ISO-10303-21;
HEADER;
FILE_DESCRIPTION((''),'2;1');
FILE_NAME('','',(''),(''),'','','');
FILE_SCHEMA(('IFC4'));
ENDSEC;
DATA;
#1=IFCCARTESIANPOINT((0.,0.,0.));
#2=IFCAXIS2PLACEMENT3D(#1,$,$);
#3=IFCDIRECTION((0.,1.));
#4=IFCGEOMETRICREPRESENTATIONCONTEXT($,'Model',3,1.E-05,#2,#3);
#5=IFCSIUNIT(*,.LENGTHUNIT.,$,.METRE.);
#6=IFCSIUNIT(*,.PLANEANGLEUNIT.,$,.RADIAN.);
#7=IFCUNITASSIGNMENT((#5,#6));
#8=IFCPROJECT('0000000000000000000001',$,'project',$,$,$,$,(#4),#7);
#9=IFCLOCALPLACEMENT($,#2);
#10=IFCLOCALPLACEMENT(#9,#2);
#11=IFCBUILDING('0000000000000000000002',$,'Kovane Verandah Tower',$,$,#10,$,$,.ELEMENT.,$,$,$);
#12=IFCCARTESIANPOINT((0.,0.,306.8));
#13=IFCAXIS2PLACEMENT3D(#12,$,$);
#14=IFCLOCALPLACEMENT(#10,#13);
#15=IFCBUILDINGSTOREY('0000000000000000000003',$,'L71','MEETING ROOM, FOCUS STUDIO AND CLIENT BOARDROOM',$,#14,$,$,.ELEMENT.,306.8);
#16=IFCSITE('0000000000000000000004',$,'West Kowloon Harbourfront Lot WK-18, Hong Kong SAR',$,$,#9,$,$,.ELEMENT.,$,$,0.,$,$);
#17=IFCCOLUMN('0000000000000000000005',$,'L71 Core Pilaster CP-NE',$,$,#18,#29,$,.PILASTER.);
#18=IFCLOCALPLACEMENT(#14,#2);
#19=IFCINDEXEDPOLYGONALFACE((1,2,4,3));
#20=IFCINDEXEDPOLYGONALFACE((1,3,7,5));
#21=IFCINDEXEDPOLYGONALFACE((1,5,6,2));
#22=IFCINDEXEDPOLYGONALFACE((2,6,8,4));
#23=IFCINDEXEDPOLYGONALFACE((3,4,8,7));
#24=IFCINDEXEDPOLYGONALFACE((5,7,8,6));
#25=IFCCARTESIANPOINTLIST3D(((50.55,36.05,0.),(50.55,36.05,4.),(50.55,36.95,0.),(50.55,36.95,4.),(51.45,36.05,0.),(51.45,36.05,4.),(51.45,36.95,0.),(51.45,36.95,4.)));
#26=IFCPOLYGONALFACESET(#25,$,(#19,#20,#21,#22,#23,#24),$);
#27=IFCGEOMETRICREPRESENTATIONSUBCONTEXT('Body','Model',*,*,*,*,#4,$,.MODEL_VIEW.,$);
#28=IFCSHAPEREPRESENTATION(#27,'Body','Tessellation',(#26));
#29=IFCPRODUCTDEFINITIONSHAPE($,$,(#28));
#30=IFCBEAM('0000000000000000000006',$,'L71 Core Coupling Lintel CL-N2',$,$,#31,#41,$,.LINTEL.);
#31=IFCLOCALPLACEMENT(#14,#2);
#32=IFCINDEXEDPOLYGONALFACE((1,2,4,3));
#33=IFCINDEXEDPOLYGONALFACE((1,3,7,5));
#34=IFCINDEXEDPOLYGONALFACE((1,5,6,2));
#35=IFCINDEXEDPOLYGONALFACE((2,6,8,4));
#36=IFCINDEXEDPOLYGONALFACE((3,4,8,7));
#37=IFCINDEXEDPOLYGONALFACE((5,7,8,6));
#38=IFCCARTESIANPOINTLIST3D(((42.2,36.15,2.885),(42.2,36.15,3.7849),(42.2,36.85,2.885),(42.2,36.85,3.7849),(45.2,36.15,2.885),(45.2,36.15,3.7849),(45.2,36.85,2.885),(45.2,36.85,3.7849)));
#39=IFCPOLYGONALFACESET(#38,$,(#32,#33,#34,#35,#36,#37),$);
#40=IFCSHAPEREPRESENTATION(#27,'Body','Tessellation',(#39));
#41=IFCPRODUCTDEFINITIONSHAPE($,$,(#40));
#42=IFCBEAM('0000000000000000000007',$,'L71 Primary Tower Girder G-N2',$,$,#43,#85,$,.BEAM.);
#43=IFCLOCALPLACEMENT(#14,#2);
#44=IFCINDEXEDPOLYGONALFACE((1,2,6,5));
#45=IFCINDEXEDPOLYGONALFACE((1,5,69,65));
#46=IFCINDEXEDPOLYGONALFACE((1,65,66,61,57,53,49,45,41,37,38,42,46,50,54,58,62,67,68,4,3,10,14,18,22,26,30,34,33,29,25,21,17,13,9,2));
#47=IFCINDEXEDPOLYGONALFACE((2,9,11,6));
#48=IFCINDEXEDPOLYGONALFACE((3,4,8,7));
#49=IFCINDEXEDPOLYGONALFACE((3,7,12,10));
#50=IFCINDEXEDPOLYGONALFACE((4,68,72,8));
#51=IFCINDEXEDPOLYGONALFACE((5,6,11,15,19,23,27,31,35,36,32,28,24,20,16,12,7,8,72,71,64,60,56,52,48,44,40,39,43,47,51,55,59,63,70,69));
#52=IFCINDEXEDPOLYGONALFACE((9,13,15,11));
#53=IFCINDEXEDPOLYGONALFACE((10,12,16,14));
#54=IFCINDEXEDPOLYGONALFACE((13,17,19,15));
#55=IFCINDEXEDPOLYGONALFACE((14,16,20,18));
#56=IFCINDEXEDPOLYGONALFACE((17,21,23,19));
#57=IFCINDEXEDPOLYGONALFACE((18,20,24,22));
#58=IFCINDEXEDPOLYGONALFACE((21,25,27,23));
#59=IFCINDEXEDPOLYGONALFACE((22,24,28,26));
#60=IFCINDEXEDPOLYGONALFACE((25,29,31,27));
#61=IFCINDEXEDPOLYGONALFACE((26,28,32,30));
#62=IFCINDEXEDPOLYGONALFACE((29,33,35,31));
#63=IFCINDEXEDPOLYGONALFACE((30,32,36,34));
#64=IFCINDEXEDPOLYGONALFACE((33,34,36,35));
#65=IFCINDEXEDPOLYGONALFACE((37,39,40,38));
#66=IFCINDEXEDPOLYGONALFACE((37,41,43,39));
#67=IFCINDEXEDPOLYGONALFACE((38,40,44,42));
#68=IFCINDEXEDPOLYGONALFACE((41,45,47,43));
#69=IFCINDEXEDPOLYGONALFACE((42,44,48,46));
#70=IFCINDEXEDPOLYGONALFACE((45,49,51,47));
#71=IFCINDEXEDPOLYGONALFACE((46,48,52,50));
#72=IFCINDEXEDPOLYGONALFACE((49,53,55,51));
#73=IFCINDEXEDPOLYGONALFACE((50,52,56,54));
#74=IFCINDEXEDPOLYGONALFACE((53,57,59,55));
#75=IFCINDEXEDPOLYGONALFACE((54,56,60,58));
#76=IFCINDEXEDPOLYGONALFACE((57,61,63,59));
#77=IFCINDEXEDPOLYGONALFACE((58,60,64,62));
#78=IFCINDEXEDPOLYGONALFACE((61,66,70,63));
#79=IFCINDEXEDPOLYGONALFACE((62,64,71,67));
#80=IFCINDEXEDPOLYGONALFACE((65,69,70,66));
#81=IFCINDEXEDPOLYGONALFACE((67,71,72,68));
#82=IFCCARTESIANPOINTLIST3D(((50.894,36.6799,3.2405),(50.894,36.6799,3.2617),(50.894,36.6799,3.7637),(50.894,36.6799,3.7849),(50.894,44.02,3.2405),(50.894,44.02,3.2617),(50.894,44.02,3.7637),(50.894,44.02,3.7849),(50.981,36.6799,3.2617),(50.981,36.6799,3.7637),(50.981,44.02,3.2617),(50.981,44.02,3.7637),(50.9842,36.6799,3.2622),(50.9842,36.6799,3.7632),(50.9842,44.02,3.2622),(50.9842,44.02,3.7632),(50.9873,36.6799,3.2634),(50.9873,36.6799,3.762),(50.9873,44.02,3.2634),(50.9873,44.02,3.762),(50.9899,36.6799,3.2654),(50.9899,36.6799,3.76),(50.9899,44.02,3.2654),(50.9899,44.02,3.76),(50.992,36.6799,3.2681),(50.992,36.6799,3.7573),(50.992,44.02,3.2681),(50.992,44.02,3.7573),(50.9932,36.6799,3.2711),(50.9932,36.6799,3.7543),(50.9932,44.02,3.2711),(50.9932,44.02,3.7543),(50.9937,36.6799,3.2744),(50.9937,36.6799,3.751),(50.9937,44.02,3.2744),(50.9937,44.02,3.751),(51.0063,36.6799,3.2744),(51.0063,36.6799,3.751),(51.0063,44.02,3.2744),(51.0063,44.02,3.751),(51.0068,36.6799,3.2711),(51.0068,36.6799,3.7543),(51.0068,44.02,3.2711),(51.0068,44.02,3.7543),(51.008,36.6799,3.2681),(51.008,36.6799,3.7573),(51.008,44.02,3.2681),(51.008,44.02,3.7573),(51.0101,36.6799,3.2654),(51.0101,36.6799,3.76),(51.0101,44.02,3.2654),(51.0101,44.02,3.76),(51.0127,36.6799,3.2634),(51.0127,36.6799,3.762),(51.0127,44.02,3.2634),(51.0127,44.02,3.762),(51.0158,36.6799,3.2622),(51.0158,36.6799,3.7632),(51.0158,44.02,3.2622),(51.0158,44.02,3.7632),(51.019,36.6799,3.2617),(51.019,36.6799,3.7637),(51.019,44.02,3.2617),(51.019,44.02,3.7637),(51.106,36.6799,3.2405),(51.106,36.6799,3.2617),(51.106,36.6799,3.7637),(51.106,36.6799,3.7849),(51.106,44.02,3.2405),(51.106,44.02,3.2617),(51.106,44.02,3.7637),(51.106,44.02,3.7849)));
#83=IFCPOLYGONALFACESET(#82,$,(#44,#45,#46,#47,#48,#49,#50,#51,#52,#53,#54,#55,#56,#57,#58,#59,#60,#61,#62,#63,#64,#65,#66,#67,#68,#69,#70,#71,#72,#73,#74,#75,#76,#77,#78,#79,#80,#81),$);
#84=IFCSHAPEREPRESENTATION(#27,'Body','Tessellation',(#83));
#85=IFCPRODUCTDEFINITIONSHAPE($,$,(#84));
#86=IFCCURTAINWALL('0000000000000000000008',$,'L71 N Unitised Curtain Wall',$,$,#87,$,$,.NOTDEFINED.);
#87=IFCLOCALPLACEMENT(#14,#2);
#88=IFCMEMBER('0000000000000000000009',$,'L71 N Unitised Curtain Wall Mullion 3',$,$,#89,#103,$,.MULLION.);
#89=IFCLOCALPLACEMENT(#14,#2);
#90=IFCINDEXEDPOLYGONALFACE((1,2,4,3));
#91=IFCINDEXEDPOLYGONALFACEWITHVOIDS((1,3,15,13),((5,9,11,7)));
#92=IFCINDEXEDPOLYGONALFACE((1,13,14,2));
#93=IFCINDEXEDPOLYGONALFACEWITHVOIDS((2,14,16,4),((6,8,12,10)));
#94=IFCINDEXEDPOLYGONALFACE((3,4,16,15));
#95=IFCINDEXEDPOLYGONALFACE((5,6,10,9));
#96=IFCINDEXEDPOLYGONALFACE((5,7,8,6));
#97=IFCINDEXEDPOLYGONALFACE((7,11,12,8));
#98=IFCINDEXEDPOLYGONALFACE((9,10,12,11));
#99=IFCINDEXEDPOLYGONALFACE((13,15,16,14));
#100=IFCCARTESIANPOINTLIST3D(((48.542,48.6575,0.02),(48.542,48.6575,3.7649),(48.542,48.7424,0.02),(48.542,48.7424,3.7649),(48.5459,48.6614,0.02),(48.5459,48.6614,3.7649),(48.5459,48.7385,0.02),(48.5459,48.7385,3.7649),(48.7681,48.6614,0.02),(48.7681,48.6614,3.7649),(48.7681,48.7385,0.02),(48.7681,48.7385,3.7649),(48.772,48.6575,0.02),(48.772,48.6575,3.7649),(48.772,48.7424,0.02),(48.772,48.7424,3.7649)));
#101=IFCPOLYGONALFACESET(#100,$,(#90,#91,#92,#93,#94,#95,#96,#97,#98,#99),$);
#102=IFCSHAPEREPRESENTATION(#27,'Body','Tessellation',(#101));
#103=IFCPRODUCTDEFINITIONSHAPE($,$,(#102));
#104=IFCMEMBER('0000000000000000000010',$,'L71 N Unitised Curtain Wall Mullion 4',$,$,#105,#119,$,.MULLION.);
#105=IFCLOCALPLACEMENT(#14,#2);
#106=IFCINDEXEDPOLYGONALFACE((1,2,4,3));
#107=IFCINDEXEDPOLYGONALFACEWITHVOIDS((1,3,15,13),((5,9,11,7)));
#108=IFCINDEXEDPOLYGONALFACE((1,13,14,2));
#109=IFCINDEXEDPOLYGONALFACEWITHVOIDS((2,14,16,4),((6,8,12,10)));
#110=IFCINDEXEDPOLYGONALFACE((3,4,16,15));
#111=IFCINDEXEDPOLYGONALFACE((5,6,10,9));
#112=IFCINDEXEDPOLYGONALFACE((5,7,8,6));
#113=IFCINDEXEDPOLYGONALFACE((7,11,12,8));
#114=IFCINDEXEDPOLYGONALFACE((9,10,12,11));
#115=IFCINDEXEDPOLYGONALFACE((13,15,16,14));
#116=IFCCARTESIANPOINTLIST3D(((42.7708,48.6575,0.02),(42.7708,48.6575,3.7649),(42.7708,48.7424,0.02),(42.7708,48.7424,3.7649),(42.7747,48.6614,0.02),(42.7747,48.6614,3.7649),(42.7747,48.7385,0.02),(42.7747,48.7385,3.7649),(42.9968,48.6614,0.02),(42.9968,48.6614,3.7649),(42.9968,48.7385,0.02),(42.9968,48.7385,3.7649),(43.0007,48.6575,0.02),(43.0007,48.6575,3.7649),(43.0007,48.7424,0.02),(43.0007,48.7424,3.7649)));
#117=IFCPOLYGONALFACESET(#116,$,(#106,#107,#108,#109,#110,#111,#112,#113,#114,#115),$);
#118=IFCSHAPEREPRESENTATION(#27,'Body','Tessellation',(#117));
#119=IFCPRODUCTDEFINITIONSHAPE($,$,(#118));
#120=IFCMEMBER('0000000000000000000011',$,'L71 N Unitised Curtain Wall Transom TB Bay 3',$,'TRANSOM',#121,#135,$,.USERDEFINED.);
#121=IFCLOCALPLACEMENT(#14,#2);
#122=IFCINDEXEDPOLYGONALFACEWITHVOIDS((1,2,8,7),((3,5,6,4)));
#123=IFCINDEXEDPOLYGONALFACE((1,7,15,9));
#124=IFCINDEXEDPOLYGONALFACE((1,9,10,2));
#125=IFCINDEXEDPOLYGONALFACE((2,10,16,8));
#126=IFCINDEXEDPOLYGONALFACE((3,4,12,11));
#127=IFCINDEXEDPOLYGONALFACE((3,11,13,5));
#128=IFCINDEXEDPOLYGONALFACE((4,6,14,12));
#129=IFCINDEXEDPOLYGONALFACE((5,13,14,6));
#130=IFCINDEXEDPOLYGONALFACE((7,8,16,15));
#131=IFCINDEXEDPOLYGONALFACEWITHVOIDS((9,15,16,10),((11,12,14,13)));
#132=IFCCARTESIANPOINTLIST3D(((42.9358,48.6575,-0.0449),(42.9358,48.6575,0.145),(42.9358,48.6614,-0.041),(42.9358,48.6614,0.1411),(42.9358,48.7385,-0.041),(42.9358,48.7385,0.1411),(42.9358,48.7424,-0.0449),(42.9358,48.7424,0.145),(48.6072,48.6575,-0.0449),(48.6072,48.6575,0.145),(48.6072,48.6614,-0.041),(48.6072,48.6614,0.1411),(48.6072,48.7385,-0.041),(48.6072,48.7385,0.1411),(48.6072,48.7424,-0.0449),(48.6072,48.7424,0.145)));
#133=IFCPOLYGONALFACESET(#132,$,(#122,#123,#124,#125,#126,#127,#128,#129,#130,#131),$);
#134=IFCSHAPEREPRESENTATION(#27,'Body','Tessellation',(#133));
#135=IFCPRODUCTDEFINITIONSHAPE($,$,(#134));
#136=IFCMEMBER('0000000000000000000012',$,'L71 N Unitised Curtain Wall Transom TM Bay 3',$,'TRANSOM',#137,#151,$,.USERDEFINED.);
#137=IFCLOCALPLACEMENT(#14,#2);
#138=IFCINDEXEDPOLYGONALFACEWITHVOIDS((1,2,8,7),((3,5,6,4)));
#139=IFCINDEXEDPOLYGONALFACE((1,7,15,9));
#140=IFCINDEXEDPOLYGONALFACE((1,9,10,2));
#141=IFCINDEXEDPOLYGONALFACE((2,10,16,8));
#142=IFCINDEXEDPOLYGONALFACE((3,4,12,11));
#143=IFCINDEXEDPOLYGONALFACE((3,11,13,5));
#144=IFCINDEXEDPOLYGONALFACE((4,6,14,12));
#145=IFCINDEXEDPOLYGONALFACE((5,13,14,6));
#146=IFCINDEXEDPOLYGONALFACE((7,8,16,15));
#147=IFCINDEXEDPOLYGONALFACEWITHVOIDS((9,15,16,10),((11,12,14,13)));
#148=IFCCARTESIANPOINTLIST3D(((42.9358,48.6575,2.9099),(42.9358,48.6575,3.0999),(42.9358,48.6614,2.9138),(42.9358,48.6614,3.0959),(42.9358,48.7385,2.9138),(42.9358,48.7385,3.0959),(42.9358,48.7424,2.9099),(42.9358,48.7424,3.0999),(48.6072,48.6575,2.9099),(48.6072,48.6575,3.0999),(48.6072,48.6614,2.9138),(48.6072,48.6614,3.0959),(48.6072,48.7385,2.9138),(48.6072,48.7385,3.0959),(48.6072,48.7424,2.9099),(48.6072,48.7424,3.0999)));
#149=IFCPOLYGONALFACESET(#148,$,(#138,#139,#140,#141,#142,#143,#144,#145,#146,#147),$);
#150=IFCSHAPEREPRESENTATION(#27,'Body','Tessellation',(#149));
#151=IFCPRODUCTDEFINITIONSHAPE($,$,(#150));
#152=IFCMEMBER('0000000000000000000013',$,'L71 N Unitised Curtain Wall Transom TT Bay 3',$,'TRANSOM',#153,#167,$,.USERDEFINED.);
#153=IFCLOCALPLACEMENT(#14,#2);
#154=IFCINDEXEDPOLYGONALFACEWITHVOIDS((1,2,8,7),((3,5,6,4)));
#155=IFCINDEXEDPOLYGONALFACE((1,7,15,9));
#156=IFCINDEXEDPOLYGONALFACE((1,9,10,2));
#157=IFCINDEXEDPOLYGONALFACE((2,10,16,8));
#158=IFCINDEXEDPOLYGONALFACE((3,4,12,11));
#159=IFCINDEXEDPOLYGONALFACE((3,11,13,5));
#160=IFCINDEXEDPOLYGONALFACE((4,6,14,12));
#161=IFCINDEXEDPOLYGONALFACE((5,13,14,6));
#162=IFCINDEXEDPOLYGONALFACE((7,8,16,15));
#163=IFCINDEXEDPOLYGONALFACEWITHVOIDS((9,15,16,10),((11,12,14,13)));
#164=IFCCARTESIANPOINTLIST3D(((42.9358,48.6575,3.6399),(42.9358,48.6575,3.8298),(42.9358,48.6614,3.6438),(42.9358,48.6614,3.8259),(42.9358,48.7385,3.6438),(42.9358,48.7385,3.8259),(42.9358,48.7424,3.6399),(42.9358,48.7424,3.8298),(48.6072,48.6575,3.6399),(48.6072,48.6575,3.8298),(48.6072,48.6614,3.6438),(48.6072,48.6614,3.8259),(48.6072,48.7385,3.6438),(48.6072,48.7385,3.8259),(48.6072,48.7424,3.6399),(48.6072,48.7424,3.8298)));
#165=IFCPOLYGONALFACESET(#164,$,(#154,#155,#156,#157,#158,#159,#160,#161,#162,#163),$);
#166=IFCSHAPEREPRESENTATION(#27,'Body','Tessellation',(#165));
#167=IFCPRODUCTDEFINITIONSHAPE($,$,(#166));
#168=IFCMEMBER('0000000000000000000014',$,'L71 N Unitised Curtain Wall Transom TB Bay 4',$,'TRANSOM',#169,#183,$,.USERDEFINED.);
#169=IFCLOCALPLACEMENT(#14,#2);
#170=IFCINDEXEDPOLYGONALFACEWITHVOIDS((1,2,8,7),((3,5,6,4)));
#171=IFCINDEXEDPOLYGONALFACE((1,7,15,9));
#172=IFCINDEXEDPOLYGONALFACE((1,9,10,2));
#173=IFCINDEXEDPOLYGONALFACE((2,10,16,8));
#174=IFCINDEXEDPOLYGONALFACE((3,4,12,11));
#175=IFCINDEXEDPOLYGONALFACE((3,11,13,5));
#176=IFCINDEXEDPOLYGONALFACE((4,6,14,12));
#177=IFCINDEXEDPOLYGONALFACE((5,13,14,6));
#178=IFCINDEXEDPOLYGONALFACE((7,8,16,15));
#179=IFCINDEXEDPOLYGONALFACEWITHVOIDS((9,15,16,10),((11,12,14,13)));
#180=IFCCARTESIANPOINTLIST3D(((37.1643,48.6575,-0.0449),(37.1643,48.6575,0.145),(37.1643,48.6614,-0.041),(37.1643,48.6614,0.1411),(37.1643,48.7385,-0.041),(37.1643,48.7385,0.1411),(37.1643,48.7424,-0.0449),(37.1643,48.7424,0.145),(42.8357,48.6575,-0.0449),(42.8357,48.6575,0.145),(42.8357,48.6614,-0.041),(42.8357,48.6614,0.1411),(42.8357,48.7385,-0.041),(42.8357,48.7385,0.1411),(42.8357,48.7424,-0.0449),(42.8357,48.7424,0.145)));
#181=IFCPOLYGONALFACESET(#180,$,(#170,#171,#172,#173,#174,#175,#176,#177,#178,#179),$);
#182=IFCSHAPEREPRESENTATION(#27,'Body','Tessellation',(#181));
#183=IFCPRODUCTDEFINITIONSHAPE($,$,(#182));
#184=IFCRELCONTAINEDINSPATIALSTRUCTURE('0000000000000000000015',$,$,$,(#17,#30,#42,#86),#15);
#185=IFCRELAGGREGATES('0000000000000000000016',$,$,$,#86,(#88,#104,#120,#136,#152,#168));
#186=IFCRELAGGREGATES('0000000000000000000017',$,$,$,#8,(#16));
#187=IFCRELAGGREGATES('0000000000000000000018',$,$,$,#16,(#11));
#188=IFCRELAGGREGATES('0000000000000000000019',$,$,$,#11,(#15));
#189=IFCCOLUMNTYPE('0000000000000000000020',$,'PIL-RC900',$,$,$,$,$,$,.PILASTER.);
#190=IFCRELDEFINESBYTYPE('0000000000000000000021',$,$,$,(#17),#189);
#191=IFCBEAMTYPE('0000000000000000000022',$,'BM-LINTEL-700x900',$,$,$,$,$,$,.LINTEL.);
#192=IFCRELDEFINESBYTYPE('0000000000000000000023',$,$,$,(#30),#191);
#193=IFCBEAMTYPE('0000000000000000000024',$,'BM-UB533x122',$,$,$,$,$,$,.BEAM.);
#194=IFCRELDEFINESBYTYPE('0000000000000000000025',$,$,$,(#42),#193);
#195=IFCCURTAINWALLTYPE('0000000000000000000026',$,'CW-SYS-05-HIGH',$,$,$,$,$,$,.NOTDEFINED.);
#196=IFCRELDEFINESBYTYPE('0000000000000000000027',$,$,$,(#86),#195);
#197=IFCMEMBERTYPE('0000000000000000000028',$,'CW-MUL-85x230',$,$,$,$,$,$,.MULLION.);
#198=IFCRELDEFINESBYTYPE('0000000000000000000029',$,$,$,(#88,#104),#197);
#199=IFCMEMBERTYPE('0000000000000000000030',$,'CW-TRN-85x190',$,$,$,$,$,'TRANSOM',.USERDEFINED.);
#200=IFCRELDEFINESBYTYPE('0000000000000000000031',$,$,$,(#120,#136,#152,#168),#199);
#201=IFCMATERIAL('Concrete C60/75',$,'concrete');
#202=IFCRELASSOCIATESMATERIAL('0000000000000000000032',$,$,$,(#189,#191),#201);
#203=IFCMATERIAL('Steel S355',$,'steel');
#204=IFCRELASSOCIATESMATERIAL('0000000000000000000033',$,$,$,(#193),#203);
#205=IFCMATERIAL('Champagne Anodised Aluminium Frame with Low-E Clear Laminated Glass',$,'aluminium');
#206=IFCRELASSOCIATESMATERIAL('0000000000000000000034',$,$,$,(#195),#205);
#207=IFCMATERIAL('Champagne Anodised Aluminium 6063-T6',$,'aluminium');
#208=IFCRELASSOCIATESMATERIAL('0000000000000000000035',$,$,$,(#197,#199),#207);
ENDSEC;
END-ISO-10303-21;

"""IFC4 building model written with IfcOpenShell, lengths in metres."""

from ifc_helpers import new_model, si_unit, direction, frame, origin, origin_2d, place, context, subcontext, project, spatial, rectangle, hollow_rectangle, i_section, extrude, material, material_profile, profile_set, type_object, element, aggregate, save


model = new_model("IFC4")

# Units and contexts
model_context = context("Model", 3, precision=1e-05, world=origin(), true_north=direction((0.0, 1.0)))
body_context = subcontext(model_context, "Body", "Model", "MODEL_VIEW")
ifc_project = project(units=[si_unit("LENGTHUNIT", "METRE"), si_unit("PLANEANGLEUNIT", "RADIAN")], contexts=[model_context])

# Site, building, storey
site_placement = place(None, origin())
site = spatial("IfcSite", under=ifc_project, at=site_placement, Name="West Kowloon Harbourfront Lot WK-18, Hong Kong SAR", CompositionType="ELEMENT", RefElevation=0.0)
building_placement = place(site_placement, origin())
building = spatial("IfcBuilding", under=site, at=building_placement, Name="Kovane Verandah Tower", CompositionType="ELEMENT")
storey_placement = place(building_placement, frame((0.0, 0.0, 306.8)))
storey = spatial("IfcBuildingStorey", under=building, at=storey_placement, Name="L71", Description="MEETING ROOM, FOCUS STUDIO AND CLIENT BOARDROOM", CompositionType="ELEMENT", Elevation=306.8)

# Column
ifc_material_1 = material(Name="Concrete C60/75", Category="concrete")
ifc_material_profile_1 = material_profile(ifc_material_1, rectangle(XDim=0.8999, YDim=0.8999, at=origin_2d()), Name="RC900x900")
ifc_profile_set_1 = profile_set([ifc_material_profile_1], Name="Concrete C60/75")
column_type = type_object("IfcColumnType", Name="PIL-RC900", PredefinedType="PILASTER", material=ifc_profile_set_1)
column_placement = place(storey_placement, frame((51.0, 36.5, 0.0), z_axis=(0.0, 0.0, 1.0), x_axis=(1.0, 0.0, 0.0)))
element("IfcColumn", 1, at=column_placement, inside=storey, type_object=column_type, Name="L71 Core Pilaster CP-NE", PredefinedType="PILASTER", context=body_context, shape_type="SweptSolid", body=[
    extrude(rectangle(XDim=0.8999, YDim=0.8999, at=origin_2d()), origin(), (0.0, 0.0, 1.0), 4.0),
])

# Beams
ifc_material_profile_2 = material_profile(ifc_material_1, rectangle(XDim=0.7, YDim=0.8999, at=origin_2d()), Name="RCB700x900")
ifc_profile_set_2 = profile_set([ifc_material_profile_2], Name="Concrete C60/75")
beam_type_1 = type_object("IfcBeamType", Name="BM-LINTEL-700x900", PredefinedType="LINTEL", material=ifc_profile_set_2)
beam_1_placement = place(storey_placement, frame((42.2, 36.5, 3.335), z_axis=(1.0, 0.0, 0.0), x_axis=(0.0, 1.0, 0.0)))
element("IfcBeam", 2, at=beam_1_placement, inside=storey, type_object=beam_type_1, Name="L71 Core Coupling Lintel CL-N2", PredefinedType="LINTEL", context=body_context, shape_type="SweptSolid", body=[
    extrude(rectangle(XDim=0.7, YDim=0.8999, at=origin_2d()), origin(), (0.0, 0.0, 1.0), 3.0),
])
ifc_material_2 = material(Name="Steel S355", Category="steel")
ifc_material_profile_3 = material_profile(ifc_material_2, i_section(OverallWidth=0.2119, OverallDepth=0.5444, WebThickness=0.0127, FlangeThickness=0.0212, FilletRadius=0.0127, at=origin_2d()), Name="UB533x210x122")
ifc_profile_set_3 = profile_set([ifc_material_profile_3], Name="Steel S355")
beam_type_2 = type_object("IfcBeamType", Name="BM-UB533x122", PredefinedType="BEAM", material=ifc_profile_set_3)
beam_2_placement = place(storey_placement, frame((51.0, 36.6799, 3.5127), z_axis=(0.0, 1.0, 0.0), x_axis=(-1.0, 0.0, 0.0)))
element("IfcBeam", 3, at=beam_2_placement, inside=storey, type_object=beam_type_2, Name="L71 Primary Tower Girder G-N2", PredefinedType="BEAM", context=body_context, shape_type="SweptSolid", body=[
    extrude(i_section(OverallWidth=0.2119, OverallDepth=0.5444, WebThickness=0.0127, FlangeThickness=0.0212, FilletRadius=0.0127, at=origin_2d()), origin(), (0.0, 0.0, 1.0), 7.3401),
])

# Curtain wall, members
ifc_material_3 = material(Name="Champagne Anodised Aluminium Frame with Low-E Clear Laminated Glass", Category="aluminium")
curtain_wall_type = type_object("IfcCurtainWallType", Name="CW-SYS-05-HIGH", PredefinedType="NOTDEFINED", material=ifc_material_3)
curtain_wall_placement = place(storey_placement, origin())
curtain_wall = element("IfcCurtainWall", 4, at=curtain_wall_placement, inside=storey, type_object=curtain_wall_type, Name="L71 N Unitised Curtain Wall", PredefinedType="NOTDEFINED")
ifc_material_4 = material(Name="Champagne Anodised Aluminium 6063-T6", Category="aluminium")
ifc_material_profile_4 = material_profile(ifc_material_4, hollow_rectangle(XDim=0.085, YDim=0.23, WallThickness=0.0039, at=origin_2d()), Name="AL85x230x4")
ifc_profile_set_4 = profile_set([ifc_material_profile_4], Name="Champagne Anodised Aluminium 6063-T6")
member_type_1 = type_object("IfcMemberType", Name="CW-MUL-85x230", PredefinedType="MULLION", material=ifc_profile_set_4)
member_1_placement = place(storey_placement, frame((48.657, 48.7, 0.02), z_axis=(0.0, 0.0, 1.0), x_axis=(0.0, 1.0, 0.0)))
member_1 = element("IfcMember", 5, at=member_1_placement, type_object=member_type_1, Name="L71 N Unitised Curtain Wall Mullion 3", PredefinedType="MULLION", context=body_context, shape_type="SweptSolid", body=[
    extrude(hollow_rectangle(XDim=0.085, YDim=0.23, WallThickness=0.0039, at=origin_2d()), origin(), (0.0, 0.0, 1.0), 3.7449),
])
member_2_placement = place(storey_placement, frame((42.8857, 48.7, 0.02), z_axis=(0.0, 0.0, 1.0), x_axis=(0.0, 1.0, 0.0)))
member_2 = element("IfcMember", 6, at=member_2_placement, type_object=member_type_1, Name="L71 N Unitised Curtain Wall Mullion 4", PredefinedType="MULLION", context=body_context, shape_type="SweptSolid", body=[
    extrude(hollow_rectangle(XDim=0.085, YDim=0.23, WallThickness=0.0039, at=origin_2d()), origin(), (0.0, 0.0, 1.0), 3.7449),
])
ifc_material_profile_5 = material_profile(ifc_material_4, hollow_rectangle(XDim=0.085, YDim=0.1899, WallThickness=0.0039, at=origin_2d()), Name="AL85x190x4")
ifc_profile_set_5 = profile_set([ifc_material_profile_5], Name="Champagne Anodised Aluminium 6063-T6")
member_type_2 = type_object("IfcMemberType", Name="CW-TRN-85x190", ElementType="TRANSOM", PredefinedType="USERDEFINED", material=ifc_profile_set_5)
member_3_placement = place(storey_placement, frame((48.6072, 48.7, 0.05), z_axis=(-1.0, 0.0, 0.0), x_axis=(0.0, -1.0, 0.0)))
member_3 = element("IfcMember", 7, at=member_3_placement, type_object=member_type_2, Name="L71 N Unitised Curtain Wall Transom TB Bay 3", ObjectType="TRANSOM", PredefinedType="USERDEFINED", context=body_context, shape_type="SweptSolid", body=[
    extrude(hollow_rectangle(XDim=0.085, YDim=0.1899, WallThickness=0.0039, at=origin_2d()), origin(), (0.0, 0.0, 1.0), 5.6714),
])
member_4_placement = place(storey_placement, frame((48.6072, 48.7, 3.0049), z_axis=(-1.0, 0.0, 0.0), x_axis=(0.0, -1.0, 0.0)))
member_4 = element("IfcMember", 8, at=member_4_placement, type_object=member_type_2, Name="L71 N Unitised Curtain Wall Transom TM Bay 3", ObjectType="TRANSOM", PredefinedType="USERDEFINED", context=body_context, shape_type="SweptSolid", body=[
    extrude(hollow_rectangle(XDim=0.085, YDim=0.1899, WallThickness=0.0039, at=origin_2d()), origin(), (0.0, 0.0, 1.0), 5.6714),
])
member_5_placement = place(storey_placement, frame((48.6072, 48.7, 3.7349), z_axis=(-1.0, 0.0, 0.0), x_axis=(0.0, -1.0, 0.0)))
member_5 = element("IfcMember", 9, at=member_5_placement, type_object=member_type_2, Name="L71 N Unitised Curtain Wall Transom TT Bay 3", ObjectType="TRANSOM", PredefinedType="USERDEFINED", context=body_context, shape_type="SweptSolid", body=[
    extrude(hollow_rectangle(XDim=0.085, YDim=0.1899, WallThickness=0.0039, at=origin_2d()), origin(), (0.0, 0.0, 1.0), 5.6714),
])
member_6_placement = place(storey_placement, frame((42.8357, 48.7, 0.05), z_axis=(-1.0, 0.0, 0.0), x_axis=(0.0, -1.0, 0.0)))
member_6 = element("IfcMember", 10, at=member_6_placement, type_object=member_type_2, Name="L71 N Unitised Curtain Wall Transom TB Bay 4", ObjectType="TRANSOM", PredefinedType="USERDEFINED", context=body_context, shape_type="SweptSolid", body=[
    extrude(hollow_rectangle(XDim=0.085, YDim=0.1899, WallThickness=0.0039, at=origin_2d()), origin(), (0.0, 0.0, 1.0), 5.6714),
])
aggregate(curtain_wall, [member_1, member_2, member_3, member_4, member_5, member_6])

save(model, "model.ifc")
